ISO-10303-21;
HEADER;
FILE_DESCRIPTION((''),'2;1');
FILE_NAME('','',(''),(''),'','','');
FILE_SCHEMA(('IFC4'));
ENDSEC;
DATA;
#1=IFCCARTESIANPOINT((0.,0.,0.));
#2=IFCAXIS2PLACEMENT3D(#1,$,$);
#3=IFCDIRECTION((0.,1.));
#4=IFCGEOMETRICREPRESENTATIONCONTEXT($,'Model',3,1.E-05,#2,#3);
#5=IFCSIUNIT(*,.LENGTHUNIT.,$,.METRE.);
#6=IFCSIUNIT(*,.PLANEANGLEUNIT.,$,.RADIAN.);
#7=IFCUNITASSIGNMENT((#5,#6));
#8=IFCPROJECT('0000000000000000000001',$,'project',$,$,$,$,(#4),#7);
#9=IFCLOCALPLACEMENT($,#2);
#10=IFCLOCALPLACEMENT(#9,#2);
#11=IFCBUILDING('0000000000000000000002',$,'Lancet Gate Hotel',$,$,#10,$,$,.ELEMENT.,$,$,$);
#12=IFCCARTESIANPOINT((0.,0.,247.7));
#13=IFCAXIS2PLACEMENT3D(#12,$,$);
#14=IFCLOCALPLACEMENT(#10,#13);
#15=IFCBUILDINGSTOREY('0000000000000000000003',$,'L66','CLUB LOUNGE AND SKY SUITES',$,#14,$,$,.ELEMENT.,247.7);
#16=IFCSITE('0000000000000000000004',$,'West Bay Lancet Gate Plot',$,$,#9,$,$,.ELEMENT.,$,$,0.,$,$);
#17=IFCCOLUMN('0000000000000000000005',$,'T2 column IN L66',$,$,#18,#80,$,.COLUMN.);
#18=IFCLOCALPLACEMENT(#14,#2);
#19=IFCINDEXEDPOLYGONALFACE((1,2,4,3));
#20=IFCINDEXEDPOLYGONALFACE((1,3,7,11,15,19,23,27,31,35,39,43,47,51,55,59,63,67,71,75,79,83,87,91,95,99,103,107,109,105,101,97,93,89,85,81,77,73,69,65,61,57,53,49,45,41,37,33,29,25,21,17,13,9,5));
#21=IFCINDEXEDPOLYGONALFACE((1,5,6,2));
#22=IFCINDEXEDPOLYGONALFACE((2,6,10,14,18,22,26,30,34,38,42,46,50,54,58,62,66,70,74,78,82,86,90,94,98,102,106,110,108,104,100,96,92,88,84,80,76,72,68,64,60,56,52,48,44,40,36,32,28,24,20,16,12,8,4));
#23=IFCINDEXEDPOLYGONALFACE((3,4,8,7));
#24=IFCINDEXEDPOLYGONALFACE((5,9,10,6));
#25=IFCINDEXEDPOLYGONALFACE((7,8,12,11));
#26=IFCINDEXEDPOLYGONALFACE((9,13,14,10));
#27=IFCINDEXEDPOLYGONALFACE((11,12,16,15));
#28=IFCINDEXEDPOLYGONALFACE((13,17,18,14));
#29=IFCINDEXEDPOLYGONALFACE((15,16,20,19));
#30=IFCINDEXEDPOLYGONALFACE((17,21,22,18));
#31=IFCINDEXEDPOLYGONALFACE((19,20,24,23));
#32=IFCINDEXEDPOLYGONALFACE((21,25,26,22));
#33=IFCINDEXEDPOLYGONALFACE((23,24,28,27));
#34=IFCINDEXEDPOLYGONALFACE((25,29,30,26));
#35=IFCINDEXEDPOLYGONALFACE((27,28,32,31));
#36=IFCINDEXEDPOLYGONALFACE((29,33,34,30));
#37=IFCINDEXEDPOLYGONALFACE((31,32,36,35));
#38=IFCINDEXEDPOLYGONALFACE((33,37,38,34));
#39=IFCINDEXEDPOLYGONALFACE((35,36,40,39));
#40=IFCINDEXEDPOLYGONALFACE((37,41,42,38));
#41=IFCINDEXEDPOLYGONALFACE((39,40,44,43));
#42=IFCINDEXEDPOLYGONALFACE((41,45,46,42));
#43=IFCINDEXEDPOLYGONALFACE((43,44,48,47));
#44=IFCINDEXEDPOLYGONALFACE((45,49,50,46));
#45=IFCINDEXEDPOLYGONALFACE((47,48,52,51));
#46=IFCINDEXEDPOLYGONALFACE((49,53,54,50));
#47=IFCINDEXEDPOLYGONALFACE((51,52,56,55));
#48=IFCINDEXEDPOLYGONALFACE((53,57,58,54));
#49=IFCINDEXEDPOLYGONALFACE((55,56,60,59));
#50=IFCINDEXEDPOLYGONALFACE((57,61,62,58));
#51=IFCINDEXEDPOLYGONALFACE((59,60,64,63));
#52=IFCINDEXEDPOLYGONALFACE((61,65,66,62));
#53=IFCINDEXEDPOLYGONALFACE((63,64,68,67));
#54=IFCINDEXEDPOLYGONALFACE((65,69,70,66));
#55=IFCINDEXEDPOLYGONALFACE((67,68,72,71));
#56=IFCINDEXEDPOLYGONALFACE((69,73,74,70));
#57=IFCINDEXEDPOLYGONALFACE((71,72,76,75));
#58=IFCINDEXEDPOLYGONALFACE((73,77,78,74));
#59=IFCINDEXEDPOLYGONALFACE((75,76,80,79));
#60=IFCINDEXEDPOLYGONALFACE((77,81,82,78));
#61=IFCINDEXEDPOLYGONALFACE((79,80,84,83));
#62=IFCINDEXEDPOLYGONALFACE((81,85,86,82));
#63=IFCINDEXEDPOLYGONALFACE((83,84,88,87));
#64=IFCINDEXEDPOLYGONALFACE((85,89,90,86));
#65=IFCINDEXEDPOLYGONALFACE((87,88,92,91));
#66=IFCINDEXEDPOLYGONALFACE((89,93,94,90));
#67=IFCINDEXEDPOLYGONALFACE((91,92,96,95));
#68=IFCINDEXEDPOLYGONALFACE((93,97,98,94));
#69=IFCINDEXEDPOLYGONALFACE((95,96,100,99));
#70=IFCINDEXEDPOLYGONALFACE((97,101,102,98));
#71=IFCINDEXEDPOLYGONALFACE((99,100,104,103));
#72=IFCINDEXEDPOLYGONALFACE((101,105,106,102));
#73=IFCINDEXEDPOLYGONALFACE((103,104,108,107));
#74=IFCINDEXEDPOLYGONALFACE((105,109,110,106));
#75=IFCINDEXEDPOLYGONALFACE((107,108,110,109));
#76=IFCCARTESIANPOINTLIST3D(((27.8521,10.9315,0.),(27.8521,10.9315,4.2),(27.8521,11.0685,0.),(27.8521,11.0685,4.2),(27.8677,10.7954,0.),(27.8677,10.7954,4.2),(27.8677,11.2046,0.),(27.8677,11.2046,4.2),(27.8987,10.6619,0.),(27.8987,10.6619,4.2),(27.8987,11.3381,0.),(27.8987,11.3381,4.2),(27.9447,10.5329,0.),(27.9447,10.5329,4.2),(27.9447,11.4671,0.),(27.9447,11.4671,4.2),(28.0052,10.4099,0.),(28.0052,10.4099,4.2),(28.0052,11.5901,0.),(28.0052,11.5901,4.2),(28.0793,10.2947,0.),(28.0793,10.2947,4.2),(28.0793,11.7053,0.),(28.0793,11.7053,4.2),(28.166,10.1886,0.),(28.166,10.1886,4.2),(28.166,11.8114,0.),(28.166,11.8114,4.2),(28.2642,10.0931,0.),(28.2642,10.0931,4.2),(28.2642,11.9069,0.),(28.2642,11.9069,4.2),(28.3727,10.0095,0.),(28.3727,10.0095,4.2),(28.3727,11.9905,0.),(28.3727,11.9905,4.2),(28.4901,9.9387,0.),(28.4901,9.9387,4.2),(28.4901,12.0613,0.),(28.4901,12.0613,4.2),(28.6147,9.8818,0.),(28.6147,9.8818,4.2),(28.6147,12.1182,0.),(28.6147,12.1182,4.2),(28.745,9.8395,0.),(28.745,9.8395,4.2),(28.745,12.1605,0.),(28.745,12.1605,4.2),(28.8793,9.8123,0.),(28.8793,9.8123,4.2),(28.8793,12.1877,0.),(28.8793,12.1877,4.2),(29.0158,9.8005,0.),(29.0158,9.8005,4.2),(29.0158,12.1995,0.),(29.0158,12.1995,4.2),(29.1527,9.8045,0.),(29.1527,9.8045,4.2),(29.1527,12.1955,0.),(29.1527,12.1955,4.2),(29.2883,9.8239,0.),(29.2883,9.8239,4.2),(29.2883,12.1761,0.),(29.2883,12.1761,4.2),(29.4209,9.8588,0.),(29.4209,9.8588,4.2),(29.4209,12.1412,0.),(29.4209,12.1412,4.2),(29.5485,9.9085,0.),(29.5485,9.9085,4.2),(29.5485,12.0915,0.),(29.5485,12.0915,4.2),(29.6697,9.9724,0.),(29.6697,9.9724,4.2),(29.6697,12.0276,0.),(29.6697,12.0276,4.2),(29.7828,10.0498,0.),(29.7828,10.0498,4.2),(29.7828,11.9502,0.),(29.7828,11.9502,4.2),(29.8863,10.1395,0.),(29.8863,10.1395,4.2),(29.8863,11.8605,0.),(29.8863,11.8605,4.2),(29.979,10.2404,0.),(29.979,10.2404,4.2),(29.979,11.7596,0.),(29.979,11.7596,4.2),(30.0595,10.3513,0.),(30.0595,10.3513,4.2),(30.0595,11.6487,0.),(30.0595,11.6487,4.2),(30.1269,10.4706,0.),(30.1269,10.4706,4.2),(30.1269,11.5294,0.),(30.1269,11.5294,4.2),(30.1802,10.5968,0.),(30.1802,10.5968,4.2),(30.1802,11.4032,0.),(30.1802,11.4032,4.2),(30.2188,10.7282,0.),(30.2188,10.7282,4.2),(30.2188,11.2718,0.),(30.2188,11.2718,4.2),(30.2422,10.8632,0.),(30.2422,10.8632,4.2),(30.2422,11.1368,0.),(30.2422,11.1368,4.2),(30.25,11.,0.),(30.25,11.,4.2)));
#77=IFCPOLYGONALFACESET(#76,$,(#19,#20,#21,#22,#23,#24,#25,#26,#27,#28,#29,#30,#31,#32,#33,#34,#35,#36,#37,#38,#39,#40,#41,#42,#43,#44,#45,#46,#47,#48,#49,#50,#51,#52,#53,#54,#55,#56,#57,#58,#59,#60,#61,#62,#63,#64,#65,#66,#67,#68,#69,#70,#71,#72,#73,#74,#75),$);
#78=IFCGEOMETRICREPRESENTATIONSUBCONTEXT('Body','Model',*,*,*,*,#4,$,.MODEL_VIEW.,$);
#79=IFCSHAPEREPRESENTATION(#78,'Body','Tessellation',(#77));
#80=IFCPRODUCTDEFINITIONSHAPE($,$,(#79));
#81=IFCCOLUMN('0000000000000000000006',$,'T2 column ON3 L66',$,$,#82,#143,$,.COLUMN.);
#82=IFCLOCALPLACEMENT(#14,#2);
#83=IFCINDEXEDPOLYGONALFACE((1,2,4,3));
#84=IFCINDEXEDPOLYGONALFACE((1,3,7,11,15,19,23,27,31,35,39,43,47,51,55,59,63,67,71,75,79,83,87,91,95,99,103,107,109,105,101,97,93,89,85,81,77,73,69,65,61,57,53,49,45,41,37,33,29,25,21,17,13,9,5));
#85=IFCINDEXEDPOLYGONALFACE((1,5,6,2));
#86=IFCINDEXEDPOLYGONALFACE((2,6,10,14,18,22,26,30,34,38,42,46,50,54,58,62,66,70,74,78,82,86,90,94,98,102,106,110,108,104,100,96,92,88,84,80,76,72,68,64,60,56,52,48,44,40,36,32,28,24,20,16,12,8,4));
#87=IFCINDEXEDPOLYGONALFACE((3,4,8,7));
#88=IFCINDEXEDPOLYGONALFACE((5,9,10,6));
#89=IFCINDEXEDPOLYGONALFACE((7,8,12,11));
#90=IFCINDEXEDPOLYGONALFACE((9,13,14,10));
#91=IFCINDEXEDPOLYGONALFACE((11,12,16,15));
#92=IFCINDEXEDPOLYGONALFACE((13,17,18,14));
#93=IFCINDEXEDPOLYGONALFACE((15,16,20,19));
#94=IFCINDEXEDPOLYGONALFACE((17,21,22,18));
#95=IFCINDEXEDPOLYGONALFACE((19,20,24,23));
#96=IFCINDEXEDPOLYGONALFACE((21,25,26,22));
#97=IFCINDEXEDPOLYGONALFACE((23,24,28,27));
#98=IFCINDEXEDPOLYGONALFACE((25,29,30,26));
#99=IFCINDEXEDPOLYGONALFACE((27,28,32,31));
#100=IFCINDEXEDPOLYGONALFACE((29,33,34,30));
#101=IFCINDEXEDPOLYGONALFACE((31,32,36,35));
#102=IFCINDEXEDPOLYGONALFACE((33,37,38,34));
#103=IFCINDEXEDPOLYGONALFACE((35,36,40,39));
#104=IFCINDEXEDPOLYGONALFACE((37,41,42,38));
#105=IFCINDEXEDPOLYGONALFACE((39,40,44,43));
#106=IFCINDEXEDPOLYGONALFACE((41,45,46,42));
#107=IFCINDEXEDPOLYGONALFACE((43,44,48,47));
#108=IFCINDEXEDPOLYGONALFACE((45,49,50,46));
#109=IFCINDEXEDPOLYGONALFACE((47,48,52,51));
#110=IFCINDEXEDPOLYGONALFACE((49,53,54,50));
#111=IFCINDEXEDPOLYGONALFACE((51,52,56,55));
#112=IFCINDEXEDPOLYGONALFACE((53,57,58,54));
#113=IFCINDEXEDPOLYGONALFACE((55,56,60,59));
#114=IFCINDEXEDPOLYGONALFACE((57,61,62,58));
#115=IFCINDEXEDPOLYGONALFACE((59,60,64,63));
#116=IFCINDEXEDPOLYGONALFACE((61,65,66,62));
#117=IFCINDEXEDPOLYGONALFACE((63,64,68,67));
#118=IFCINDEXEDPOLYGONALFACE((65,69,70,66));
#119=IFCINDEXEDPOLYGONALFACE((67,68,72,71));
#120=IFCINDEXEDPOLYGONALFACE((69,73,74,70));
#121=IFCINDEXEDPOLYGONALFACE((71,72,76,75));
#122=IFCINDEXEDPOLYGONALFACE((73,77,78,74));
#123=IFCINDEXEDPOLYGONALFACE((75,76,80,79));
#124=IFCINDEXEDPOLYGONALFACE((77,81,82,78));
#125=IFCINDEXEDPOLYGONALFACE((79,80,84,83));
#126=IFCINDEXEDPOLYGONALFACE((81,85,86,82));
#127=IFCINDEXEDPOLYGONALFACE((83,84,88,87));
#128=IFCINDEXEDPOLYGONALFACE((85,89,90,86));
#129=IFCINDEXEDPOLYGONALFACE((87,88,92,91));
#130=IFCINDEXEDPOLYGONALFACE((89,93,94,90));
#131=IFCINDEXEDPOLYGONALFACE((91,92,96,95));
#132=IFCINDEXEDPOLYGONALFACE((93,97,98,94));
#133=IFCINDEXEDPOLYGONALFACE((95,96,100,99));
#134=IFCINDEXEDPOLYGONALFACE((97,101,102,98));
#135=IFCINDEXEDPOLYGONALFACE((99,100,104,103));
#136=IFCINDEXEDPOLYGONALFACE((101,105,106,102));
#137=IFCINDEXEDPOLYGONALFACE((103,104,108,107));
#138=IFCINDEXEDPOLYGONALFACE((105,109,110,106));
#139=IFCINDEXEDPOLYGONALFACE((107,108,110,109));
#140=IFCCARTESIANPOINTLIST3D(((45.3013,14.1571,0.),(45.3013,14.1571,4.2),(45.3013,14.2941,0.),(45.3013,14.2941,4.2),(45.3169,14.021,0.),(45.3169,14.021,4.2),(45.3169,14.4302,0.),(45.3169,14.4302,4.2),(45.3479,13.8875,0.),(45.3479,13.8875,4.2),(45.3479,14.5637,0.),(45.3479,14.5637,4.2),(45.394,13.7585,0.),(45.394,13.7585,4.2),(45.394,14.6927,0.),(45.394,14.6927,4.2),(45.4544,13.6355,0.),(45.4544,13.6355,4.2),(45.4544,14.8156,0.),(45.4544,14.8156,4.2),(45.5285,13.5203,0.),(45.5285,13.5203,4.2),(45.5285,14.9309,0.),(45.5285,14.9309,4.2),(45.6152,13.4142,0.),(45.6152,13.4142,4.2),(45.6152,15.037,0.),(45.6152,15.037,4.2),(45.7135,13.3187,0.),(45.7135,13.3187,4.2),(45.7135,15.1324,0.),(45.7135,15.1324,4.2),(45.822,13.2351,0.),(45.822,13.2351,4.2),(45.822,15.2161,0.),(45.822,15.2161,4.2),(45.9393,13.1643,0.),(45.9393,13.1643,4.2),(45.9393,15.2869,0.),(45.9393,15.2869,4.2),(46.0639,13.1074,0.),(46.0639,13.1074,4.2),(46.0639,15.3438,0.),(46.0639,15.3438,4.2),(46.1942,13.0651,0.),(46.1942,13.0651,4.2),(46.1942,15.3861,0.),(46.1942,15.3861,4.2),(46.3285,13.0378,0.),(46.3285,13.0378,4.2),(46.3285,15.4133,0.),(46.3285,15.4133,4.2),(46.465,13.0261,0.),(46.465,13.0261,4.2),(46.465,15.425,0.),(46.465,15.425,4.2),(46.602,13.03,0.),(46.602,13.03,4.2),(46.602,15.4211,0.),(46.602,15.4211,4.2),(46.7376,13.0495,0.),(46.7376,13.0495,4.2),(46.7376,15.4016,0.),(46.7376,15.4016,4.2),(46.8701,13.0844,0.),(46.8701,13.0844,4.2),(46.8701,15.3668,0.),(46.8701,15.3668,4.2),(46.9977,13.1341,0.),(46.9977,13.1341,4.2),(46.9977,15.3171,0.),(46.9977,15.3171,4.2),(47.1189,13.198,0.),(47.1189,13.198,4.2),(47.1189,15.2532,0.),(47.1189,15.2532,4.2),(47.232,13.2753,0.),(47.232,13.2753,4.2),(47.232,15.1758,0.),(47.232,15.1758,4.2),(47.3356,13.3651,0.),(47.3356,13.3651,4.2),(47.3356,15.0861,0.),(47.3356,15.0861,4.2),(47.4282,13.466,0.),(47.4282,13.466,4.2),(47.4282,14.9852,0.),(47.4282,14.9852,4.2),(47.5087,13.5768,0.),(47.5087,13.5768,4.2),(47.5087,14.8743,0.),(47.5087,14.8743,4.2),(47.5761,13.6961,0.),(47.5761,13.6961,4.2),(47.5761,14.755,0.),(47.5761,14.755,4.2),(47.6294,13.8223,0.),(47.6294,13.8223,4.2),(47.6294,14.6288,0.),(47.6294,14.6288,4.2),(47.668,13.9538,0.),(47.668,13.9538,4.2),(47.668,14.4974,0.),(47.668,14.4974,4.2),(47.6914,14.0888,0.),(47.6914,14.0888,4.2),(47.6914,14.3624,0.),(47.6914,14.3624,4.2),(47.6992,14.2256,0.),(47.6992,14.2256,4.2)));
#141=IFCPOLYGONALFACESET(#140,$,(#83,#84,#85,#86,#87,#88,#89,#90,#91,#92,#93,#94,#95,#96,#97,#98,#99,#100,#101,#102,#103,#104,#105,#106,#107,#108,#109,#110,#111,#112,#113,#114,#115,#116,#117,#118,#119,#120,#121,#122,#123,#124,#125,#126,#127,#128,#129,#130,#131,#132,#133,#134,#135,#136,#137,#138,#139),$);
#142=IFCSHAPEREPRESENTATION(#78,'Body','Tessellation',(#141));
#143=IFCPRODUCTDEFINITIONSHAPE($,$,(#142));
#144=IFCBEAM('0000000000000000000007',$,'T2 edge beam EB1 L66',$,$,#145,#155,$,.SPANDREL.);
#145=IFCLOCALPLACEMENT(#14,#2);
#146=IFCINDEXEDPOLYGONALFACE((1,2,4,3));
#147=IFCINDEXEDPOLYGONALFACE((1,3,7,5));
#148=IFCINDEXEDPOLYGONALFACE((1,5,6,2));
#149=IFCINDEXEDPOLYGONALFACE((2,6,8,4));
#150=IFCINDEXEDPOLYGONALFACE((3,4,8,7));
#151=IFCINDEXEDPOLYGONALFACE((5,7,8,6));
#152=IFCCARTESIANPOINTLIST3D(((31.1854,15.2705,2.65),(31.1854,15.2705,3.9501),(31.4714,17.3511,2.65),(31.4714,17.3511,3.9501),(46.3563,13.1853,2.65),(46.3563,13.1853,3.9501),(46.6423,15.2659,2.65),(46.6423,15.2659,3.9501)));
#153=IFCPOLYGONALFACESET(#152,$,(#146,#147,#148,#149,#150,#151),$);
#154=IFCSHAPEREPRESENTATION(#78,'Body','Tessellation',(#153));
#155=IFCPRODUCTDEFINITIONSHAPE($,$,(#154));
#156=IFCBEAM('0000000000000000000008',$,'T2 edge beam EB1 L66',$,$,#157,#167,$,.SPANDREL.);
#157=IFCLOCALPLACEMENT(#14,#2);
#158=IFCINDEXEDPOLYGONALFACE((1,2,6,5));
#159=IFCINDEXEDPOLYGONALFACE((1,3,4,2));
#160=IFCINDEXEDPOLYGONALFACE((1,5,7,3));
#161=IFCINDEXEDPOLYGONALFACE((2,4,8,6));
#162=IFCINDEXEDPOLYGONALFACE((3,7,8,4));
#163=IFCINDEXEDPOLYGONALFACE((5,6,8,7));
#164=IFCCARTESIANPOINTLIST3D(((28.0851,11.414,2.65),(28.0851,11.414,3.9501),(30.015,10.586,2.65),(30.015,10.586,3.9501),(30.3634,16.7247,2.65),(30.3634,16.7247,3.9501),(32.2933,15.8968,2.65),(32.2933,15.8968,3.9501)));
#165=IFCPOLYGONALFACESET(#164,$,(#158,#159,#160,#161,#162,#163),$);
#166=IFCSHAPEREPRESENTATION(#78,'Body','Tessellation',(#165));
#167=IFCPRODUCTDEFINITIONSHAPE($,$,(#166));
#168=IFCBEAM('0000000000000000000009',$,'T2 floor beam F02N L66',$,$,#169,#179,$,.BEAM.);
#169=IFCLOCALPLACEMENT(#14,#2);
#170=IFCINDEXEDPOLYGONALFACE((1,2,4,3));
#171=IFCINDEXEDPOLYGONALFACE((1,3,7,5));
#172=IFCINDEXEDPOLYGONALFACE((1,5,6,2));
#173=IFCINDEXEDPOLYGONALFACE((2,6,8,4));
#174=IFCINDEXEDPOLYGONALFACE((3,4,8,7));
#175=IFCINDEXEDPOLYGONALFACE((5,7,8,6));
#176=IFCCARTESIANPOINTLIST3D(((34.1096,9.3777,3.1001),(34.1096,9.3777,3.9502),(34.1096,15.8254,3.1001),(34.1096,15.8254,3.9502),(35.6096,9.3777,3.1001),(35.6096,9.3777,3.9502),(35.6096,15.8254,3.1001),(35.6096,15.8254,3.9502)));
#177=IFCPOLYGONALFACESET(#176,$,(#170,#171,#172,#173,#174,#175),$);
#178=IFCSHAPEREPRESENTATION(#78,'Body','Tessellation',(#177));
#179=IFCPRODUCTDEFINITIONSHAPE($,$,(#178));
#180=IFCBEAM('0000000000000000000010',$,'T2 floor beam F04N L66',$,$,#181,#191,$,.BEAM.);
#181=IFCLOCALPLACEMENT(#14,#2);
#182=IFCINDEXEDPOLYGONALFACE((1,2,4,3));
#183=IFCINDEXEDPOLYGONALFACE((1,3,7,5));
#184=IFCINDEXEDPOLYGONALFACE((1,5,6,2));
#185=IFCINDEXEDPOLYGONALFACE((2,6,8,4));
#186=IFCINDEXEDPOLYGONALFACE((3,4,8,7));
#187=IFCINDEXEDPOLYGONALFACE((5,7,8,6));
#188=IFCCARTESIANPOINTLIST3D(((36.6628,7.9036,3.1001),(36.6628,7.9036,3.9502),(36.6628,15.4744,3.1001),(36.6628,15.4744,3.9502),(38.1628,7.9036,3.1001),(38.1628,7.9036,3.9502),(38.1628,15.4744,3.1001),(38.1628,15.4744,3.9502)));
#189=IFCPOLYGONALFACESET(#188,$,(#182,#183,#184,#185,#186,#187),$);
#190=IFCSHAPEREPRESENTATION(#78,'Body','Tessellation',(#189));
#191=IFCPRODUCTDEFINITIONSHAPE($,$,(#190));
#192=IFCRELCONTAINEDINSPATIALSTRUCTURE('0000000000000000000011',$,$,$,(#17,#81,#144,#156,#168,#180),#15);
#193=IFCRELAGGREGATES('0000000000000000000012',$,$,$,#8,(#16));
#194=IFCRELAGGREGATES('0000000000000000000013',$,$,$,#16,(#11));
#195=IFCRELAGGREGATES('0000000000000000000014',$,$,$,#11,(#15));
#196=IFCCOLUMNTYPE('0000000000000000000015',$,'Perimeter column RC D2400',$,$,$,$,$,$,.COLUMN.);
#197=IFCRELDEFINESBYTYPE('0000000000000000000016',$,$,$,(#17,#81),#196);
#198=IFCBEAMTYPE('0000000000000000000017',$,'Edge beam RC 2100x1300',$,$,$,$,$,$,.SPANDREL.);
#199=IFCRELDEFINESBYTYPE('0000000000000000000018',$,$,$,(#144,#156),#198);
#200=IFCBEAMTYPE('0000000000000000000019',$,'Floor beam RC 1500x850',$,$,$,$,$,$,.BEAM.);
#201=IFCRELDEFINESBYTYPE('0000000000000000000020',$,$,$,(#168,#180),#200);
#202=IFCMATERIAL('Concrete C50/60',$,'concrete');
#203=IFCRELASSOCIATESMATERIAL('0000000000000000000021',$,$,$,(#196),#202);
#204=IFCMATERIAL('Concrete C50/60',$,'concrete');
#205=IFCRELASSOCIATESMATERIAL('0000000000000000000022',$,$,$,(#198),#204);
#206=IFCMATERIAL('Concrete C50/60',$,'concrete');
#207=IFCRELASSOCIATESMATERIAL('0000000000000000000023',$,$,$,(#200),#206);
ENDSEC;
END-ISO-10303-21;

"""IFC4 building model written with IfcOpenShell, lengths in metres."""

from ifc_helpers import new_model, si_unit, direction, frame, origin, origin_2d, place, context, subcontext, project, spatial, rectangle, circle, extrude, material, material_profile, profile_set, type_object, element, save


model = new_model("IFC4")

# Units and contexts
model_context = context("Model", 3, precision=1e-05, world=origin(), true_north=direction((0.0, 1.0)))
body_context = subcontext(model_context, "Body", "Model", "MODEL_VIEW")
ifc_project = project(units=[si_unit("LENGTHUNIT", "METRE"), si_unit("PLANEANGLEUNIT", "RADIAN")], contexts=[model_context])

# Site, building, storey
site_placement = place(None, origin())
site = spatial("IfcSite", under=ifc_project, at=site_placement, Name="West Bay Lancet Gate Plot", CompositionType="ELEMENT", RefElevation=0.0)
building_placement = place(site_placement, origin())
building = spatial("IfcBuilding", under=site, at=building_placement, Name="Lancet Gate Hotel", CompositionType="ELEMENT")
storey_placement = place(building_placement, frame((0.0, 0.0, 247.7)))
storey = spatial("IfcBuildingStorey", under=building, at=storey_placement, Name="L66", Description="CLUB LOUNGE AND SKY SUITES", CompositionType="ELEMENT", Elevation=247.7)

# Columns
ifc_material_1 = material(Name="Concrete C50/60", Category="concrete")
ifc_material_profile_1 = material_profile(ifc_material_1, circle(Radius=1.2, at=origin_2d()), Name="RC D2400")
ifc_profile_set_1 = profile_set([ifc_material_profile_1], Name="Concrete C50/60")
column_type = type_object("IfcColumnType", Name="Perimeter column RC D2400", PredefinedType="COLUMN", material=ifc_profile_set_1)
for number, where, z_axis, x_axis, name in (
    (1, (29.05, 11.0, 0.0), (0.0, 0.0, 1.0), (1.0, 0.0, 0.0), "T2 column IN L66"),
    (2, (46.4993, 14.2256, 0.0), (0.0, 0.0, 1.0), (1.0, 0.0, 0.0), "T2 column ON3 L66"),
):
    element("IfcColumn", number, at=place(storey_placement, frame(where, z_axis=z_axis, x_axis=x_axis)), inside=storey, type_object=column_type, Name=name, PredefinedType="COLUMN", context=body_context, shape_type="SweptSolid", body=[
        extrude(circle(Radius=1.2, at=origin_2d()), origin(), (0.0, 0.0, 1.0), 4.2),
    ])

# Beams
ifc_material_2 = material(Name="Concrete C50/60", Category="concrete")
ifc_material_profile_2 = material_profile(ifc_material_2, rectangle(XDim=2.1001, YDim=1.3, at=origin_2d()), Name="RC 2100x1300")
ifc_profile_set_2 = profile_set([ifc_material_profile_2], Name="Concrete C50/60")
beam_type_1 = type_object("IfcBeamType", Name="Edge beam RC 2100x1300", PredefinedType="SPANDREL", material=ifc_profile_set_2)
beam_1_placement = place(storey_placement, frame((46.4993, 14.2256, 3.3), z_axis=(-0.990686, 0.136167, 0.0), x_axis=(-0.136167, -0.990686, 0.0)))
element("IfcBeam", 3, at=beam_1_placement, inside=storey, type_object=beam_type_1, Name="T2 edge beam EB1 L66", PredefinedType="SPANDREL", context=body_context, shape_type="SweptSolid", body=[
    extrude(rectangle(XDim=2.1001, YDim=1.3, at=origin_2d()), origin(), (0.0, 0.0, 1.0), 15.3135),
])
beam_2_placement = place(storey_placement, frame((29.05, 11.0, 3.3), z_axis=(0.394251, 0.919003, 0.0), x_axis=(-0.919003, 0.394251, 0.0)))
element("IfcBeam", 4, at=beam_2_placement, inside=storey, type_object=beam_type_1, Name="T2 edge beam EB1 L66", PredefinedType="SPANDREL", context=body_context, shape_type="SweptSolid", body=[
    extrude(rectangle(XDim=2.1001, YDim=1.3, at=origin_2d()), origin(), (0.0, 0.0, 1.0), 5.7788),
])
ifc_material_3 = material(Name="Concrete C50/60", Category="concrete")
ifc_material_profile_3 = material_profile(ifc_material_3, rectangle(XDim=1.5, YDim=0.8501, at=origin_2d()), Name="RC 1500x850")
ifc_profile_set_3 = profile_set([ifc_material_profile_3], Name="Concrete C50/60")
beam_type_2 = type_object("IfcBeamType", Name="Floor beam RC 1500x850", PredefinedType="BEAM", material=ifc_profile_set_3)
beam_3_placement = place(storey_placement, frame((34.8596, 9.3777, 3.5251), z_axis=(0.0, 1.0, 0.0), x_axis=(-1.0, 0.0, 0.0)))
element("IfcBeam", 5, at=beam_3_placement, inside=storey, type_object=beam_type_2, Name="T2 floor beam F02N L66", PredefinedType="BEAM", context=body_context, shape_type="SweptSolid", body=[
    extrude(rectangle(XDim=1.5, YDim=0.8501, at=origin_2d()), origin(), (0.0, 0.0, 1.0), 6.4478),
])
beam_4_placement = place(storey_placement, frame((37.4128, 7.9036, 3.5251), z_axis=(0.0, 1.0, 0.0), x_axis=(-1.0, 0.0, 0.0)))
element("IfcBeam", 6, at=beam_4_placement, inside=storey, type_object=beam_type_2, Name="T2 floor beam F04N L66", PredefinedType="BEAM", context=body_context, shape_type="SweptSolid", body=[
    extrude(rectangle(XDim=1.5, YDim=0.8501, at=origin_2d()), origin(), (0.0, 0.0, 1.0), 7.5708),
])

save(model, "model.ifc")
